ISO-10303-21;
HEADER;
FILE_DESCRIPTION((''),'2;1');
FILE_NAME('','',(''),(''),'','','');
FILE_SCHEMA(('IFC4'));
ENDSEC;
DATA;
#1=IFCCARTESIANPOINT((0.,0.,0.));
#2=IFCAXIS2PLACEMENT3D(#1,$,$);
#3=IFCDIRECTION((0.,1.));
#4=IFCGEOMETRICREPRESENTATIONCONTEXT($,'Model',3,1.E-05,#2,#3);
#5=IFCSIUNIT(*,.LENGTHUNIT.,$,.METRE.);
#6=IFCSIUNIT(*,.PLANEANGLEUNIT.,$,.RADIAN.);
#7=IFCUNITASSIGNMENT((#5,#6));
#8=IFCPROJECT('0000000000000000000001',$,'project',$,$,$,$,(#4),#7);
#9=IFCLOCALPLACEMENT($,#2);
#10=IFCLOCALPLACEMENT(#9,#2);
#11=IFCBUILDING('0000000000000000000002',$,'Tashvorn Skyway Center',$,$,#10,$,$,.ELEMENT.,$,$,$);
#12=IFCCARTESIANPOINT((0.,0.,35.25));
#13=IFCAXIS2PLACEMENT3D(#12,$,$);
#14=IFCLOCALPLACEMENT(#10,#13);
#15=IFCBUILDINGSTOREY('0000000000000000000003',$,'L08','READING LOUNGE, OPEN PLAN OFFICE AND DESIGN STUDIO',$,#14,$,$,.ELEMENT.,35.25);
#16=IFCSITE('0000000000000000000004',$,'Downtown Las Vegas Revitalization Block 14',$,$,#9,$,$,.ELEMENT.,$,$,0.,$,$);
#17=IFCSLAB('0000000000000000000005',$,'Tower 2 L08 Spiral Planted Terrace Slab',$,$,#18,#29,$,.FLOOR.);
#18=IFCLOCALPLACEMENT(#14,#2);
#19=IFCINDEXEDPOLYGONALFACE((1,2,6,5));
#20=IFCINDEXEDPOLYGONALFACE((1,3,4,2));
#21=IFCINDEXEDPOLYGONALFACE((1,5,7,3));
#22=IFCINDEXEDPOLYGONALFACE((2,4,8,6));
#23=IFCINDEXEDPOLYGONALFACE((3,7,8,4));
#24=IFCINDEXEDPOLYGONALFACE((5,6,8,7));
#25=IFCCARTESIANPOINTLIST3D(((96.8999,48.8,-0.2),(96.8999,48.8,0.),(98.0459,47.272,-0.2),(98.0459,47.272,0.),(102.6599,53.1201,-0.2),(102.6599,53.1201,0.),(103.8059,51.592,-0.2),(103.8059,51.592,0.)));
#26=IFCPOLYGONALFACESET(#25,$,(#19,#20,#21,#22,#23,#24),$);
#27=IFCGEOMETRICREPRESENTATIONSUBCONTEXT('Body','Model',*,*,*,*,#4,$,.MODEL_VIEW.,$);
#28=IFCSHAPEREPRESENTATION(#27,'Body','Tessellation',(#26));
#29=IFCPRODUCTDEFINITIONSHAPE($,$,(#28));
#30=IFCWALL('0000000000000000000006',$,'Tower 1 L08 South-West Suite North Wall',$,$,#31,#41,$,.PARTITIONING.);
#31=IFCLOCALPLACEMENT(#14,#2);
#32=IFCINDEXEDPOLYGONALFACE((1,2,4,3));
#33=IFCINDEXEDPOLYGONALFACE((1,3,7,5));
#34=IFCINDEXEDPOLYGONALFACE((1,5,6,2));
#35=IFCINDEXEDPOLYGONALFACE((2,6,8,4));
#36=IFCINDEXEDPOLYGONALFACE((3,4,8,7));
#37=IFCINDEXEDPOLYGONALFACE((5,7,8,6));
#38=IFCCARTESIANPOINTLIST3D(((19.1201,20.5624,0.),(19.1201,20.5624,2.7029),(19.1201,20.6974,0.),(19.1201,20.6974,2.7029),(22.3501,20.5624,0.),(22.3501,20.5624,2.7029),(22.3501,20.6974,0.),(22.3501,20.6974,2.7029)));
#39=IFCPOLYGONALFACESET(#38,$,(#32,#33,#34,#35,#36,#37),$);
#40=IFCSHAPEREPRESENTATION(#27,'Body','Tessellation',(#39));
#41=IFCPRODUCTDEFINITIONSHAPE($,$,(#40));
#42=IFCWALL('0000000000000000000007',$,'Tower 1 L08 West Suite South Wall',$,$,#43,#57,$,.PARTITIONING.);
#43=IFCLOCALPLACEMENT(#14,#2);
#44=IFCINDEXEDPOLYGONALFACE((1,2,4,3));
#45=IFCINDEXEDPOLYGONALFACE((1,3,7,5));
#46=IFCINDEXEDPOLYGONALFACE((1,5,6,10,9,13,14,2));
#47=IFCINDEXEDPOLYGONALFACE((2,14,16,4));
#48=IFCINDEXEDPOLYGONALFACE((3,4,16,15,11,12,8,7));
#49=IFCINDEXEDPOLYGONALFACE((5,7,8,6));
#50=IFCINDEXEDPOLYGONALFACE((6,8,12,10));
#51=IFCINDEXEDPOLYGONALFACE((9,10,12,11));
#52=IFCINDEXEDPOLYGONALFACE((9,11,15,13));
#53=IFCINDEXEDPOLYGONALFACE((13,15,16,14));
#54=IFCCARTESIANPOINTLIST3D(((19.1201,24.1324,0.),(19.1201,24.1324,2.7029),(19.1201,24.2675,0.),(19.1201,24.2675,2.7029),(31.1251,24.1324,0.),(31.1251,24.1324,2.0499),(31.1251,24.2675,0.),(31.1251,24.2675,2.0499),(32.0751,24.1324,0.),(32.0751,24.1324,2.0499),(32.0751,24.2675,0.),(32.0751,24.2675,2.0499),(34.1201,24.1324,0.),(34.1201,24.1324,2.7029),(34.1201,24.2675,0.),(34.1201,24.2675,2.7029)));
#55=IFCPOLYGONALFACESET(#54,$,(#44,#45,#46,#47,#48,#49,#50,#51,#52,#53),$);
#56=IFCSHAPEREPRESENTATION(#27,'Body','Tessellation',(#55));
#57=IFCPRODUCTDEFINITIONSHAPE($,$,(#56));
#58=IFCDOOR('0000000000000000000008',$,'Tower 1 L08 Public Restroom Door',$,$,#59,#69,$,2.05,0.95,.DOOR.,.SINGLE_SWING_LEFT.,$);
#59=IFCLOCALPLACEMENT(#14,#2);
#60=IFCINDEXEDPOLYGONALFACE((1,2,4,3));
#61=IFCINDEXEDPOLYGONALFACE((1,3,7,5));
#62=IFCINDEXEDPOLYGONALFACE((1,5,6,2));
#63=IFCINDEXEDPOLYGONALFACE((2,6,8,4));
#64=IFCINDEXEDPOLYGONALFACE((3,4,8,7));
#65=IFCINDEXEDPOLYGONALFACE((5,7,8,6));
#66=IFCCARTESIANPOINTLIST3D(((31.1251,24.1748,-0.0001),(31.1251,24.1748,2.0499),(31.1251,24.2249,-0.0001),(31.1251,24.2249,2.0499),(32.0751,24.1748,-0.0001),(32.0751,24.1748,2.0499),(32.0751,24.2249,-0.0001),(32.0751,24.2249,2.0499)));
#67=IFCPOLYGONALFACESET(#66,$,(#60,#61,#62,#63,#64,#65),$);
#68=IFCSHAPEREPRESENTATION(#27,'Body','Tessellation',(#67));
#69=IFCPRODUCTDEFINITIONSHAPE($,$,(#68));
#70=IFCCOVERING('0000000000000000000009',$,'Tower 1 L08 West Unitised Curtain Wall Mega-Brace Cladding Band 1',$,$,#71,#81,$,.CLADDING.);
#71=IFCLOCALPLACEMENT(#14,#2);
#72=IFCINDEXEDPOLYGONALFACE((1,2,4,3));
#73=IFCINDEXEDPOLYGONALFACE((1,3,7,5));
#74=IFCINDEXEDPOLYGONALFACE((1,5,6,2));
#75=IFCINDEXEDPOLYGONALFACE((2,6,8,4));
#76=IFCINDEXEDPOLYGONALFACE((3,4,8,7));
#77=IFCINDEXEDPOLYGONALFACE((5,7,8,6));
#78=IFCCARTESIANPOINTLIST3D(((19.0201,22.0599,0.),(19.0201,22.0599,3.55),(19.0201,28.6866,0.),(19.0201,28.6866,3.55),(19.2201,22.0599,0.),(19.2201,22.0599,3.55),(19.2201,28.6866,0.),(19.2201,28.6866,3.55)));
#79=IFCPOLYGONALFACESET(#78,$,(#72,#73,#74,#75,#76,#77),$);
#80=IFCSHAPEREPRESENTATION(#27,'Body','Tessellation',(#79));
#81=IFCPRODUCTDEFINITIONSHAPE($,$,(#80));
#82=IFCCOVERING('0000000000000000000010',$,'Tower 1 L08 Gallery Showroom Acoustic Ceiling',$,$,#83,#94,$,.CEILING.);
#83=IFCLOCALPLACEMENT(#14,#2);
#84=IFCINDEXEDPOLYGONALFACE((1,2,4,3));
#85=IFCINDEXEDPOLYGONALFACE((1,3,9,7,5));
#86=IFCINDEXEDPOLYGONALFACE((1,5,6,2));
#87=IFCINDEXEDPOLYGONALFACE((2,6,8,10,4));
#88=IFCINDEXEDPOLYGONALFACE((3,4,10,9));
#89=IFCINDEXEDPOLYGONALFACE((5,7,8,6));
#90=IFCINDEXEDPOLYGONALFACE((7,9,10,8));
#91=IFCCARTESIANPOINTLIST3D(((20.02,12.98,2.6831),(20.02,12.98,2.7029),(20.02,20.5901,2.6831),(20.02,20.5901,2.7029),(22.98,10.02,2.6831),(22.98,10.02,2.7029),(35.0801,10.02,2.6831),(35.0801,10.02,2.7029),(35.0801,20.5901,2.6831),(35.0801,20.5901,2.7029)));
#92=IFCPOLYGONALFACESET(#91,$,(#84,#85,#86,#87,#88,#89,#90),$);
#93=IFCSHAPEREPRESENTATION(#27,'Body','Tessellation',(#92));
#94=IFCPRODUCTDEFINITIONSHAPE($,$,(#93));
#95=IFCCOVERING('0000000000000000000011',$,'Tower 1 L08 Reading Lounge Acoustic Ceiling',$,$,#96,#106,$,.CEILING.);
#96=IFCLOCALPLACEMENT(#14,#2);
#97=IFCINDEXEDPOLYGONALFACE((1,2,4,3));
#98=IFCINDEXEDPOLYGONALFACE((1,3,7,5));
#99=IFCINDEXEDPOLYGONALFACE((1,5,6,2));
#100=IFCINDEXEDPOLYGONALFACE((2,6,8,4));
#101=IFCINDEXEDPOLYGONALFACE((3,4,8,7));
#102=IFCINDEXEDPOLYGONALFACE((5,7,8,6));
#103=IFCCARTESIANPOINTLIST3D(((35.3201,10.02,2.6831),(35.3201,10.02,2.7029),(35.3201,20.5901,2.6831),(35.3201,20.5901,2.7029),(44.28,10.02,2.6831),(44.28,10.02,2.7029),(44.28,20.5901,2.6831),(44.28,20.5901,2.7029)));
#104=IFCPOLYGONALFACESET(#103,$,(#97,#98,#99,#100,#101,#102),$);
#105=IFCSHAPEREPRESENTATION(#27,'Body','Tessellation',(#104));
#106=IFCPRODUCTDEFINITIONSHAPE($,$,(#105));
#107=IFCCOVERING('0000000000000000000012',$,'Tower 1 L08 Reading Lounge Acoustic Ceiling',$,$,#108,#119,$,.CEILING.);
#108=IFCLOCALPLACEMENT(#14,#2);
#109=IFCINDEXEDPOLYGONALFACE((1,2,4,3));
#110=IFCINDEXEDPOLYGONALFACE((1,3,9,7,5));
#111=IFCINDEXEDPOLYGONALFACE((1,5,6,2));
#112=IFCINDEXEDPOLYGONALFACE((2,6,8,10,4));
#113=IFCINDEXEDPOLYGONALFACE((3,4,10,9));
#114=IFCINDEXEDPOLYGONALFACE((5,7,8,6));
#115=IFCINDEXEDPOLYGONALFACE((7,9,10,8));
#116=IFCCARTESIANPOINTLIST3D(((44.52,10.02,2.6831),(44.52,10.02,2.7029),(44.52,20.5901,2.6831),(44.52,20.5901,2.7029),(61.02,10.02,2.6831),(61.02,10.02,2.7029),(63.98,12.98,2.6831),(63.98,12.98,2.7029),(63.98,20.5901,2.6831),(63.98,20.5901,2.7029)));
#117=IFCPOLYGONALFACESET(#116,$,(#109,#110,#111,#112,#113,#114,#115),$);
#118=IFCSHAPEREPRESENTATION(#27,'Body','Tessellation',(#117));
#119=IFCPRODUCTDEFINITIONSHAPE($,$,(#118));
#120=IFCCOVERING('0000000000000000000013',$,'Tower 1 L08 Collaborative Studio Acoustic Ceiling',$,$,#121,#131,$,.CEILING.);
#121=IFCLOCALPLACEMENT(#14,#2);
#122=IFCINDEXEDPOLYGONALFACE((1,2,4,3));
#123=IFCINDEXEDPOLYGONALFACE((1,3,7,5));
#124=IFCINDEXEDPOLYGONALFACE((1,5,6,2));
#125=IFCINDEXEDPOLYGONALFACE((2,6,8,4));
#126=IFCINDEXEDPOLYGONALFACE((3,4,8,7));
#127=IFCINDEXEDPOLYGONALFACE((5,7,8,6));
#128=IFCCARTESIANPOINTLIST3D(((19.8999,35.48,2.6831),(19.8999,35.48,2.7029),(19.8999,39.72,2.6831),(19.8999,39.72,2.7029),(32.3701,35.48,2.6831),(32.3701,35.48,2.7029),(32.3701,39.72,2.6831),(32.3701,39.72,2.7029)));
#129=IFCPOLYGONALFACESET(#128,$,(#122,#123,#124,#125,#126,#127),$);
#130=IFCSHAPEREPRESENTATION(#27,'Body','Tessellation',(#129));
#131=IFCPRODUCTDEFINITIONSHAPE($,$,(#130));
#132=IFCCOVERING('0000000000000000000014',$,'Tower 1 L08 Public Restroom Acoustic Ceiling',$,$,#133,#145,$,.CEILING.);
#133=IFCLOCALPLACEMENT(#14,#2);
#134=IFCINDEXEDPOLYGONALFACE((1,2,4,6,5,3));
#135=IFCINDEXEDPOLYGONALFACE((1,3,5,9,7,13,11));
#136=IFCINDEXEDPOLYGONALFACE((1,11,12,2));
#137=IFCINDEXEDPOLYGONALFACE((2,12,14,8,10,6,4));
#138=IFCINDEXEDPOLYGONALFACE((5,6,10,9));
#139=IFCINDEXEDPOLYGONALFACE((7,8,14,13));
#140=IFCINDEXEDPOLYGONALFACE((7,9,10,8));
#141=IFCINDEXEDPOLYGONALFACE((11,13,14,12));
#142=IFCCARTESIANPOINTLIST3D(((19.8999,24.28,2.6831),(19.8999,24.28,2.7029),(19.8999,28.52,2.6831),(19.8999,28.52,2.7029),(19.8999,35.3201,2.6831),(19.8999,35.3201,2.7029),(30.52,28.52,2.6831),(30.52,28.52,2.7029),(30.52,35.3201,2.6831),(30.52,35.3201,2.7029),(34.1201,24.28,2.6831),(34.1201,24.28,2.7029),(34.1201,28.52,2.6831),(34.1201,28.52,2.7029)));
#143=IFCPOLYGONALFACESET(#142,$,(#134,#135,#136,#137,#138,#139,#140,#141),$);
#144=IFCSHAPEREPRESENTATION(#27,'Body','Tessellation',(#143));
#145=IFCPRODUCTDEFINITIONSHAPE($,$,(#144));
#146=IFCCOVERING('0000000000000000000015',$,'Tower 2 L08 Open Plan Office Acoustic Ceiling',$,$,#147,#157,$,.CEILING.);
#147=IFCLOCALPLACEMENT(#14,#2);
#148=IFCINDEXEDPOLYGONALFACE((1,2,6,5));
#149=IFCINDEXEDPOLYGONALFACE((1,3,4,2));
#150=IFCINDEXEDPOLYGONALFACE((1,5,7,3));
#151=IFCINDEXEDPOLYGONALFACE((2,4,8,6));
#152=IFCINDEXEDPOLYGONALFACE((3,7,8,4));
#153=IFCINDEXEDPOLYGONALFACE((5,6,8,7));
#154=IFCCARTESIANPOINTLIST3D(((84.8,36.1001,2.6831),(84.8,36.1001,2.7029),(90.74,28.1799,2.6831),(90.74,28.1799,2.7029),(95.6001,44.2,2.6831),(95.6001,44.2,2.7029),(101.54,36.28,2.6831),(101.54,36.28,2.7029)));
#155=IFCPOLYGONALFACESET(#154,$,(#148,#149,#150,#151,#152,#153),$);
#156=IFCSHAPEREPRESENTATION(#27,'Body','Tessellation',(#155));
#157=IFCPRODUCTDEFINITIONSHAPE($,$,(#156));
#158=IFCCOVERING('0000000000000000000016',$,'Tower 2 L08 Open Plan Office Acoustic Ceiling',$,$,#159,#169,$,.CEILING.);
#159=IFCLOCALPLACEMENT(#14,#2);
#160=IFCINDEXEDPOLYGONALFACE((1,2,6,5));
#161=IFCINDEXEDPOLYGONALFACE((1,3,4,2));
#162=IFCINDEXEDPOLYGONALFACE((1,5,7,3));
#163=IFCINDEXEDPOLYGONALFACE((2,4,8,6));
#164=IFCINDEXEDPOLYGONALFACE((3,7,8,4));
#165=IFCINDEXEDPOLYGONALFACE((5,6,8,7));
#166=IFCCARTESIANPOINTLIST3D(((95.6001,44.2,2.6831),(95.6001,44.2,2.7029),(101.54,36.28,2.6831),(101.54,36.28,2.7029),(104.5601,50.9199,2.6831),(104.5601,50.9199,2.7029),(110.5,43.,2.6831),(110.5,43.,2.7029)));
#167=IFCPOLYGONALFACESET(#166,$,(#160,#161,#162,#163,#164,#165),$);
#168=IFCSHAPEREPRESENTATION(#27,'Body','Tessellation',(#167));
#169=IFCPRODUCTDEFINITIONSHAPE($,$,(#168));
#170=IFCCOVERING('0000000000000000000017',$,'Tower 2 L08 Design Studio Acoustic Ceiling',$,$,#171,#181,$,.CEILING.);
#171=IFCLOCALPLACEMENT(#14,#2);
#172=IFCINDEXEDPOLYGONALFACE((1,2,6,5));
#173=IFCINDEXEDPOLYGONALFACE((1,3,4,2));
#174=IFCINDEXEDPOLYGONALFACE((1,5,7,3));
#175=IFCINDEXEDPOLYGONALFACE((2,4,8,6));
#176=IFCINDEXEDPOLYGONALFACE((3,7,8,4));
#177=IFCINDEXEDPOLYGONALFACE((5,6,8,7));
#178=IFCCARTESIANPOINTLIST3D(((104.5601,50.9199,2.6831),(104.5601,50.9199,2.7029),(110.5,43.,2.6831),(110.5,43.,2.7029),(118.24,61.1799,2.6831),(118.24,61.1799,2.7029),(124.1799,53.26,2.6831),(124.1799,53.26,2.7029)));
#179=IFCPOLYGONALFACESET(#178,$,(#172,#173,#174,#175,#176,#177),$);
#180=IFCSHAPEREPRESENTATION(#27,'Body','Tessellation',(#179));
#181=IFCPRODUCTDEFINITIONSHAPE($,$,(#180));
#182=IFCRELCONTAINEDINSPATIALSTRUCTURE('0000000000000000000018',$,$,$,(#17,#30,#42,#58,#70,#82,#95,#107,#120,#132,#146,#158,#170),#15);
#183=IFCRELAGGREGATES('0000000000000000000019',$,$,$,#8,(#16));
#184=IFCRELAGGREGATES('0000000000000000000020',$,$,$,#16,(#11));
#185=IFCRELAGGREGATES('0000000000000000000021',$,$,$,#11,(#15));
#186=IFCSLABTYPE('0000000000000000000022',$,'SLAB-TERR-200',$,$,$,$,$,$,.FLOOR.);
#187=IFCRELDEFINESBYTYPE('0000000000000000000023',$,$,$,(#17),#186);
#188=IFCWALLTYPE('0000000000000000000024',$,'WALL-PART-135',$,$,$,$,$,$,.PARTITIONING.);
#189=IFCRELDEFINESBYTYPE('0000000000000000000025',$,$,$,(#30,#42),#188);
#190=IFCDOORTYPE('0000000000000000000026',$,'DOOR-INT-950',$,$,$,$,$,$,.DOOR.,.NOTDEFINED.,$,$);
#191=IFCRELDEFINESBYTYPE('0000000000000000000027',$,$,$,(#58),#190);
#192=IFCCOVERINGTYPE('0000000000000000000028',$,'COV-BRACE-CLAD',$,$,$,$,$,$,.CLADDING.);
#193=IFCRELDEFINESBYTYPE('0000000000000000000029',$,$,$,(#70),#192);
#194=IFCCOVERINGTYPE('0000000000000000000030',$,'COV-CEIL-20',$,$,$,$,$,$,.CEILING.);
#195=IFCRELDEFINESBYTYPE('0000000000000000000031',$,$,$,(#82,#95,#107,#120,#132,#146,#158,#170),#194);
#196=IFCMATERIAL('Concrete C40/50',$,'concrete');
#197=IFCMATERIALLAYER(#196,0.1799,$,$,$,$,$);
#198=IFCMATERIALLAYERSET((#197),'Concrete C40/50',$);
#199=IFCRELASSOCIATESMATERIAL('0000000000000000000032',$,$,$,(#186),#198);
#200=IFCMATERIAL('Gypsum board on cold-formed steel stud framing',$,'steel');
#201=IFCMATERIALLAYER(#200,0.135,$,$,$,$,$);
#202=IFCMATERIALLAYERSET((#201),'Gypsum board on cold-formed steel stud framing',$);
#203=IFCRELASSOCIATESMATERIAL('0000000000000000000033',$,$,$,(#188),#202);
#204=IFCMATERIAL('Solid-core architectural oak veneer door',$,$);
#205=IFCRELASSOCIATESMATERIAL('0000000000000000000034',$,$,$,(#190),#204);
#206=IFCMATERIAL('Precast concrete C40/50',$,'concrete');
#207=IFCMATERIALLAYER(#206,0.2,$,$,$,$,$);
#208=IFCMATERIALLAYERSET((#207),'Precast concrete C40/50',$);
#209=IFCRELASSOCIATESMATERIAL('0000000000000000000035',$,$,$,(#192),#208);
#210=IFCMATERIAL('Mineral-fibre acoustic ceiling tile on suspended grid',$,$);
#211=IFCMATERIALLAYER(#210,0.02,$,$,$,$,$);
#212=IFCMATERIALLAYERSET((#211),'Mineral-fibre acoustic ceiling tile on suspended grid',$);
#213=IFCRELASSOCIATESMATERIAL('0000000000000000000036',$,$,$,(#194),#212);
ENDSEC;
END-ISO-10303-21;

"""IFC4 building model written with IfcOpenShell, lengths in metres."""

from ifc_helpers import new_model, si_unit, direction, frame, frame_2d, origin, origin_2d, place, context, subcontext, project, spatial, polyline, rectangle, outline, extrude, material, layer, layer_set, type_object, element, fill, save


model = new_model("IFC4")

# Units and contexts
model_context = context("Model", 3, precision=1e-05, world=origin(), true_north=direction((0.0, 1.0)))
body_context = subcontext(model_context, "Body", "Model", "MODEL_VIEW")
ifc_project = project(units=[si_unit("LENGTHUNIT", "METRE"), si_unit("PLANEANGLEUNIT", "RADIAN")], contexts=[model_context])

# Site, building, storey
site_placement = place(None, origin())
site = spatial("IfcSite", under=ifc_project, at=site_placement, Name="Downtown Las Vegas Revitalization Block 14", CompositionType="ELEMENT", RefElevation=0.0)
building_placement = place(site_placement, origin())
building = spatial("IfcBuilding", under=site, at=building_placement, Name="Tashvorn Skyway Center", CompositionType="ELEMENT")
storey_placement = place(building_placement, frame((0.0, 0.0, 35.25)))
storey = spatial("IfcBuildingStorey", under=building, at=storey_placement, Name="L08", Description="READING LOUNGE, OPEN PLAN OFFICE AND DESIGN STUDIO", CompositionType="ELEMENT", Elevation=35.25)

# Shared definitions
ifc_material_1 = material(Name="Concrete C40/50", Category="concrete")

# Slab
ifc_layer_1 = layer(ifc_material_1, 0.1799)
ifc_layer_set_1 = layer_set([ifc_layer_1], Name="Concrete C40/50")
slab_type_1 = type_object("IfcSlabType", Name="SLAB-TERR-200", PredefinedType="FLOOR", material=ifc_layer_set_1)
slab_1_placement = place(storey_placement, frame((0.0, 0.0, -0.2)))
element("IfcSlab", 1, at=slab_1_placement, inside=storey, type_object=slab_type_1, Name="Tower 2 L08 Spiral Planted Terrace Slab", PredefinedType="FLOOR", context=body_context, shape_type="SweptSolid", body=[
    extrude(outline(polyline([(98.0459, 47.272), (103.8059, 51.592), (102.6599, 53.1201), (96.8999, 48.8), (98.0459, 47.272)])), origin(), (0.0, 0.0, 1.0), 0.2),
])

# Wall
ifc_material_2 = material(Name="Gypsum board on cold-formed steel stud framing", Category="steel")
ifc_layer_2 = layer(ifc_material_2, 0.135)
ifc_layer_set_2 = layer_set([ifc_layer_2], Name="Gypsum board on cold-formed steel stud framing")
wall_type = type_object("IfcWallType", Name="WALL-PART-135", PredefinedType="PARTITIONING", material=ifc_layer_set_2)
wall_1_placement = place(storey_placement, frame((19.1201, 20.6299, 0.0), z_axis=(0.0, 0.0, 1.0), x_axis=(1.0, 0.0, 0.0)))
element("IfcWall", 2, at=wall_1_placement, inside=storey, type_object=wall_type, Name="Tower 1 L08 South-West Suite North Wall", PredefinedType="PARTITIONING", context=body_context, shape_type="SweptSolid", body=[
    extrude(rectangle(XDim=3.23, YDim=0.135, at=frame_2d((1.615, 0.0))), origin(), (0.0, 0.0, 1.0), 2.7029),
])

# Wall, opening, door
wall_2_placement = place(storey_placement, frame((19.1201, 24.2, 0.0), z_axis=(0.0, 0.0, 1.0), x_axis=(1.0, 0.0, 0.0)))
wall_2 = element("IfcWall", 3, at=wall_2_placement, inside=storey, type_object=wall_type, Name="Tower 1 L08 West Suite South Wall", PredefinedType="PARTITIONING", context=body_context, shape_type="SweptSolid", body=[
    extrude(rectangle(XDim=15.0, YDim=0.135, at=frame_2d((7.5, 0.0))), origin(), (0.0, 0.0, 1.0), 2.7029),
])
opening_placement = place(wall_2_placement, frame((12.0049, 0.0, 0.0)))
opening = element("IfcOpeningElement", 4, at=opening_placement, cuts=wall_2, PredefinedType="OPENING", context=body_context, shape_type="SweptSolid", body=[
    extrude(rectangle(XDim=0.95, YDim=2.05, at=frame_2d((0.4751, 1.0249))), frame((0.0, 0.0774, 0.0), z_axis=(0.0, -1.0, 0.0), x_axis=(1.0, 0.0, 0.0)), (0.0, 0.0, 1.0), 0.155),
])
ifc_material_3 = material(Name="Solid-core architectural oak veneer door")
door_type = type_object("IfcDoorType", Name="DOOR-INT-950", OperationType="NOTDEFINED", PredefinedType="DOOR", material=ifc_material_3)
door_placement = place(opening_placement, origin())
door = element("IfcDoor", 5, at=door_placement, inside=storey, type_object=door_type, Name="Tower 1 L08 Public Restroom Door", OperationType="SINGLE_SWING_LEFT", OverallHeight=2.05, OverallWidth=0.95, PredefinedType="DOOR", context=body_context, shape_type="SweptSolid", body=[
    extrude(rectangle(XDim=0.95, YDim=2.05, at=frame_2d((0.4751, 1.0249))), frame((0.0, 0.0249, 0.0), z_axis=(0.0, -1.0, 0.0), x_axis=(1.0, 0.0, 0.0)), (0.0, 0.0, 1.0), 0.05),
])
fill(opening, door)

# Coverings
ifc_material_4 = material(Name="Precast concrete C40/50", Category="concrete")
ifc_layer_3 = layer(ifc_material_4, 0.2)
ifc_layer_set_3 = layer_set([ifc_layer_3], Name="Precast concrete C40/50")
covering_type_1 = type_object("IfcCoveringType", Name="COV-BRACE-CLAD", PredefinedType="CLADDING", material=ifc_layer_set_3)
covering_1_placement = place(storey_placement, frame((19.1201, 25.3733, 0.0), z_axis=(0.0, 0.0, 1.0), x_axis=(0.0, 1.0, 0.0)))
element("IfcCovering", 6, at=covering_1_placement, inside=storey, type_object=covering_type_1, Name="Tower 1 L08 West Unitised Curtain Wall Mega-Brace Cladding Band 1", PredefinedType="CLADDING", context=body_context, shape_type="SweptSolid", body=[
    extrude(rectangle(XDim=6.6267, YDim=0.2, at=origin_2d()), origin(), (0.0, 0.0, 1.0), 3.55),
])
ifc_material_5 = material(Name="Mineral-fibre acoustic ceiling tile on suspended grid")
ifc_layer_4 = layer(ifc_material_5, 0.02)
ifc_layer_set_4 = layer_set([ifc_layer_4], Name="Mineral-fibre acoustic ceiling tile on suspended grid")
covering_type_2 = type_object("IfcCoveringType", Name="COV-CEIL-20", PredefinedType="CEILING", material=ifc_layer_set_4)
covering_2_placement = place(storey_placement, frame((0.0, 0.0, 2.6831)))
element("IfcCovering", 7, at=covering_2_placement, inside=storey, type_object=covering_type_2, Name="Tower 1 L08 Gallery Showroom Acoustic Ceiling", PredefinedType="CEILING", context=body_context, shape_type="SweptSolid", body=[
    extrude(outline(polyline([(20.02, 20.5901), (35.0801, 20.5901), (35.0801, 10.02), (22.98, 10.02), (20.02, 12.98), (20.02, 20.5901)])), origin(), (0.0, 0.0, 1.0), 0.0198),
])
covering_3_placement = place(storey_placement, frame((0.0, 0.0, 2.6831)))
element("IfcCovering", 8, at=covering_3_placement, inside=storey, type_object=covering_type_2, Name="Tower 1 L08 Reading Lounge Acoustic Ceiling", PredefinedType="CEILING", context=body_context, shape_type="SweptSolid", body=[
    extrude(outline(polyline([(35.3201, 20.5901), (44.28, 20.5901), (44.28, 10.02), (35.3201, 10.02), (35.3201, 20.5901)])), origin(), (0.0, 0.0, 1.0), 0.0198),
])
covering_4_placement = place(storey_placement, frame((0.0, 0.0, 2.6831)))
element("IfcCovering", 9, at=covering_4_placement, inside=storey, type_object=covering_type_2, Name="Tower 1 L08 Reading Lounge Acoustic Ceiling", PredefinedType="CEILING", context=body_context, shape_type="SweptSolid", body=[
    extrude(outline(polyline([(44.52, 10.02), (44.52, 20.5901), (63.98, 20.5901), (63.98, 12.98), (61.02, 10.02), (44.52, 10.02)])), origin(), (0.0, 0.0, 1.0), 0.0198),
])
covering_5_placement = place(storey_placement, frame((0.0, 0.0, 2.6831)))
element("IfcCovering", 10, at=covering_5_placement, inside=storey, type_object=covering_type_2, Name="Tower 1 L08 Collaborative Studio Acoustic Ceiling", PredefinedType="CEILING", context=body_context, shape_type="SweptSolid", body=[
    extrude(outline(polyline([(32.3701, 39.72), (32.3701, 35.48), (19.8999, 35.48), (19.8999, 39.72), (32.3701, 39.72)])), origin(), (0.0, 0.0, 1.0), 0.0198),
])
covering_6_placement = place(storey_placement, frame((0.0, 0.0, 2.6831)))
element("IfcCovering", 11, at=covering_6_placement, inside=storey, type_object=covering_type_2, Name="Tower 1 L08 Public Restroom Acoustic Ceiling", PredefinedType="CEILING", context=body_context, shape_type="SweptSolid", body=[
    extrude(outline(polyline([(34.1201, 24.28), (19.8999, 24.28), (19.8999, 28.52), (19.8999, 35.3201), (30.52, 35.3201), (30.52, 28.52), (34.1201, 28.52), (34.1201, 24.28)])), origin(), (0.0, 0.0, 1.0), 0.0198),
])
covering_7_placement = place(storey_placement, frame((0.0, 0.0, 2.6831)))
element("IfcCovering", 12, at=covering_7_placement, inside=storey, type_object=covering_type_2, Name="Tower 2 L08 Open Plan Office Acoustic Ceiling", PredefinedType="CEILING", context=body_context, shape_type="SweptSolid", body=[
    extrude(outline(polyline([(90.74, 28.1799), (101.54, 36.28), (95.6001, 44.2), (84.8, 36.1001), (90.74, 28.1799)])), origin(), (0.0, 0.0, 1.0), 0.0198),
])
covering_8_placement = place(storey_placement, frame((0.0, 0.0, 2.6831)))
element("IfcCovering", 13, at=covering_8_placement, inside=storey, type_object=covering_type_2, Name="Tower 2 L08 Open Plan Office Acoustic Ceiling", PredefinedType="CEILING", context=body_context, shape_type="SweptSolid", body=[
    extrude(outline(polyline([(101.54, 36.28), (110.5, 43.0), (104.5601, 50.9199), (95.6001, 44.2), (101.54, 36.28)])), origin(), (0.0, 0.0, 1.0), 0.0198),
])
covering_9_placement = place(storey_placement, frame((0.0, 0.0, 2.6831)))
element("IfcCovering", 14, at=covering_9_placement, inside=storey, type_object=covering_type_2, Name="Tower 2 L08 Design Studio Acoustic Ceiling", PredefinedType="CEILING", context=body_context, shape_type="SweptSolid", body=[
    extrude(outline(polyline([(110.5, 43.0), (124.1799, 53.26), (118.24, 61.1799), (104.5601, 50.9199), (110.5, 43.0)])), origin(), (0.0, 0.0, 1.0), 0.0198),
])

save(model, "model.ifc")
